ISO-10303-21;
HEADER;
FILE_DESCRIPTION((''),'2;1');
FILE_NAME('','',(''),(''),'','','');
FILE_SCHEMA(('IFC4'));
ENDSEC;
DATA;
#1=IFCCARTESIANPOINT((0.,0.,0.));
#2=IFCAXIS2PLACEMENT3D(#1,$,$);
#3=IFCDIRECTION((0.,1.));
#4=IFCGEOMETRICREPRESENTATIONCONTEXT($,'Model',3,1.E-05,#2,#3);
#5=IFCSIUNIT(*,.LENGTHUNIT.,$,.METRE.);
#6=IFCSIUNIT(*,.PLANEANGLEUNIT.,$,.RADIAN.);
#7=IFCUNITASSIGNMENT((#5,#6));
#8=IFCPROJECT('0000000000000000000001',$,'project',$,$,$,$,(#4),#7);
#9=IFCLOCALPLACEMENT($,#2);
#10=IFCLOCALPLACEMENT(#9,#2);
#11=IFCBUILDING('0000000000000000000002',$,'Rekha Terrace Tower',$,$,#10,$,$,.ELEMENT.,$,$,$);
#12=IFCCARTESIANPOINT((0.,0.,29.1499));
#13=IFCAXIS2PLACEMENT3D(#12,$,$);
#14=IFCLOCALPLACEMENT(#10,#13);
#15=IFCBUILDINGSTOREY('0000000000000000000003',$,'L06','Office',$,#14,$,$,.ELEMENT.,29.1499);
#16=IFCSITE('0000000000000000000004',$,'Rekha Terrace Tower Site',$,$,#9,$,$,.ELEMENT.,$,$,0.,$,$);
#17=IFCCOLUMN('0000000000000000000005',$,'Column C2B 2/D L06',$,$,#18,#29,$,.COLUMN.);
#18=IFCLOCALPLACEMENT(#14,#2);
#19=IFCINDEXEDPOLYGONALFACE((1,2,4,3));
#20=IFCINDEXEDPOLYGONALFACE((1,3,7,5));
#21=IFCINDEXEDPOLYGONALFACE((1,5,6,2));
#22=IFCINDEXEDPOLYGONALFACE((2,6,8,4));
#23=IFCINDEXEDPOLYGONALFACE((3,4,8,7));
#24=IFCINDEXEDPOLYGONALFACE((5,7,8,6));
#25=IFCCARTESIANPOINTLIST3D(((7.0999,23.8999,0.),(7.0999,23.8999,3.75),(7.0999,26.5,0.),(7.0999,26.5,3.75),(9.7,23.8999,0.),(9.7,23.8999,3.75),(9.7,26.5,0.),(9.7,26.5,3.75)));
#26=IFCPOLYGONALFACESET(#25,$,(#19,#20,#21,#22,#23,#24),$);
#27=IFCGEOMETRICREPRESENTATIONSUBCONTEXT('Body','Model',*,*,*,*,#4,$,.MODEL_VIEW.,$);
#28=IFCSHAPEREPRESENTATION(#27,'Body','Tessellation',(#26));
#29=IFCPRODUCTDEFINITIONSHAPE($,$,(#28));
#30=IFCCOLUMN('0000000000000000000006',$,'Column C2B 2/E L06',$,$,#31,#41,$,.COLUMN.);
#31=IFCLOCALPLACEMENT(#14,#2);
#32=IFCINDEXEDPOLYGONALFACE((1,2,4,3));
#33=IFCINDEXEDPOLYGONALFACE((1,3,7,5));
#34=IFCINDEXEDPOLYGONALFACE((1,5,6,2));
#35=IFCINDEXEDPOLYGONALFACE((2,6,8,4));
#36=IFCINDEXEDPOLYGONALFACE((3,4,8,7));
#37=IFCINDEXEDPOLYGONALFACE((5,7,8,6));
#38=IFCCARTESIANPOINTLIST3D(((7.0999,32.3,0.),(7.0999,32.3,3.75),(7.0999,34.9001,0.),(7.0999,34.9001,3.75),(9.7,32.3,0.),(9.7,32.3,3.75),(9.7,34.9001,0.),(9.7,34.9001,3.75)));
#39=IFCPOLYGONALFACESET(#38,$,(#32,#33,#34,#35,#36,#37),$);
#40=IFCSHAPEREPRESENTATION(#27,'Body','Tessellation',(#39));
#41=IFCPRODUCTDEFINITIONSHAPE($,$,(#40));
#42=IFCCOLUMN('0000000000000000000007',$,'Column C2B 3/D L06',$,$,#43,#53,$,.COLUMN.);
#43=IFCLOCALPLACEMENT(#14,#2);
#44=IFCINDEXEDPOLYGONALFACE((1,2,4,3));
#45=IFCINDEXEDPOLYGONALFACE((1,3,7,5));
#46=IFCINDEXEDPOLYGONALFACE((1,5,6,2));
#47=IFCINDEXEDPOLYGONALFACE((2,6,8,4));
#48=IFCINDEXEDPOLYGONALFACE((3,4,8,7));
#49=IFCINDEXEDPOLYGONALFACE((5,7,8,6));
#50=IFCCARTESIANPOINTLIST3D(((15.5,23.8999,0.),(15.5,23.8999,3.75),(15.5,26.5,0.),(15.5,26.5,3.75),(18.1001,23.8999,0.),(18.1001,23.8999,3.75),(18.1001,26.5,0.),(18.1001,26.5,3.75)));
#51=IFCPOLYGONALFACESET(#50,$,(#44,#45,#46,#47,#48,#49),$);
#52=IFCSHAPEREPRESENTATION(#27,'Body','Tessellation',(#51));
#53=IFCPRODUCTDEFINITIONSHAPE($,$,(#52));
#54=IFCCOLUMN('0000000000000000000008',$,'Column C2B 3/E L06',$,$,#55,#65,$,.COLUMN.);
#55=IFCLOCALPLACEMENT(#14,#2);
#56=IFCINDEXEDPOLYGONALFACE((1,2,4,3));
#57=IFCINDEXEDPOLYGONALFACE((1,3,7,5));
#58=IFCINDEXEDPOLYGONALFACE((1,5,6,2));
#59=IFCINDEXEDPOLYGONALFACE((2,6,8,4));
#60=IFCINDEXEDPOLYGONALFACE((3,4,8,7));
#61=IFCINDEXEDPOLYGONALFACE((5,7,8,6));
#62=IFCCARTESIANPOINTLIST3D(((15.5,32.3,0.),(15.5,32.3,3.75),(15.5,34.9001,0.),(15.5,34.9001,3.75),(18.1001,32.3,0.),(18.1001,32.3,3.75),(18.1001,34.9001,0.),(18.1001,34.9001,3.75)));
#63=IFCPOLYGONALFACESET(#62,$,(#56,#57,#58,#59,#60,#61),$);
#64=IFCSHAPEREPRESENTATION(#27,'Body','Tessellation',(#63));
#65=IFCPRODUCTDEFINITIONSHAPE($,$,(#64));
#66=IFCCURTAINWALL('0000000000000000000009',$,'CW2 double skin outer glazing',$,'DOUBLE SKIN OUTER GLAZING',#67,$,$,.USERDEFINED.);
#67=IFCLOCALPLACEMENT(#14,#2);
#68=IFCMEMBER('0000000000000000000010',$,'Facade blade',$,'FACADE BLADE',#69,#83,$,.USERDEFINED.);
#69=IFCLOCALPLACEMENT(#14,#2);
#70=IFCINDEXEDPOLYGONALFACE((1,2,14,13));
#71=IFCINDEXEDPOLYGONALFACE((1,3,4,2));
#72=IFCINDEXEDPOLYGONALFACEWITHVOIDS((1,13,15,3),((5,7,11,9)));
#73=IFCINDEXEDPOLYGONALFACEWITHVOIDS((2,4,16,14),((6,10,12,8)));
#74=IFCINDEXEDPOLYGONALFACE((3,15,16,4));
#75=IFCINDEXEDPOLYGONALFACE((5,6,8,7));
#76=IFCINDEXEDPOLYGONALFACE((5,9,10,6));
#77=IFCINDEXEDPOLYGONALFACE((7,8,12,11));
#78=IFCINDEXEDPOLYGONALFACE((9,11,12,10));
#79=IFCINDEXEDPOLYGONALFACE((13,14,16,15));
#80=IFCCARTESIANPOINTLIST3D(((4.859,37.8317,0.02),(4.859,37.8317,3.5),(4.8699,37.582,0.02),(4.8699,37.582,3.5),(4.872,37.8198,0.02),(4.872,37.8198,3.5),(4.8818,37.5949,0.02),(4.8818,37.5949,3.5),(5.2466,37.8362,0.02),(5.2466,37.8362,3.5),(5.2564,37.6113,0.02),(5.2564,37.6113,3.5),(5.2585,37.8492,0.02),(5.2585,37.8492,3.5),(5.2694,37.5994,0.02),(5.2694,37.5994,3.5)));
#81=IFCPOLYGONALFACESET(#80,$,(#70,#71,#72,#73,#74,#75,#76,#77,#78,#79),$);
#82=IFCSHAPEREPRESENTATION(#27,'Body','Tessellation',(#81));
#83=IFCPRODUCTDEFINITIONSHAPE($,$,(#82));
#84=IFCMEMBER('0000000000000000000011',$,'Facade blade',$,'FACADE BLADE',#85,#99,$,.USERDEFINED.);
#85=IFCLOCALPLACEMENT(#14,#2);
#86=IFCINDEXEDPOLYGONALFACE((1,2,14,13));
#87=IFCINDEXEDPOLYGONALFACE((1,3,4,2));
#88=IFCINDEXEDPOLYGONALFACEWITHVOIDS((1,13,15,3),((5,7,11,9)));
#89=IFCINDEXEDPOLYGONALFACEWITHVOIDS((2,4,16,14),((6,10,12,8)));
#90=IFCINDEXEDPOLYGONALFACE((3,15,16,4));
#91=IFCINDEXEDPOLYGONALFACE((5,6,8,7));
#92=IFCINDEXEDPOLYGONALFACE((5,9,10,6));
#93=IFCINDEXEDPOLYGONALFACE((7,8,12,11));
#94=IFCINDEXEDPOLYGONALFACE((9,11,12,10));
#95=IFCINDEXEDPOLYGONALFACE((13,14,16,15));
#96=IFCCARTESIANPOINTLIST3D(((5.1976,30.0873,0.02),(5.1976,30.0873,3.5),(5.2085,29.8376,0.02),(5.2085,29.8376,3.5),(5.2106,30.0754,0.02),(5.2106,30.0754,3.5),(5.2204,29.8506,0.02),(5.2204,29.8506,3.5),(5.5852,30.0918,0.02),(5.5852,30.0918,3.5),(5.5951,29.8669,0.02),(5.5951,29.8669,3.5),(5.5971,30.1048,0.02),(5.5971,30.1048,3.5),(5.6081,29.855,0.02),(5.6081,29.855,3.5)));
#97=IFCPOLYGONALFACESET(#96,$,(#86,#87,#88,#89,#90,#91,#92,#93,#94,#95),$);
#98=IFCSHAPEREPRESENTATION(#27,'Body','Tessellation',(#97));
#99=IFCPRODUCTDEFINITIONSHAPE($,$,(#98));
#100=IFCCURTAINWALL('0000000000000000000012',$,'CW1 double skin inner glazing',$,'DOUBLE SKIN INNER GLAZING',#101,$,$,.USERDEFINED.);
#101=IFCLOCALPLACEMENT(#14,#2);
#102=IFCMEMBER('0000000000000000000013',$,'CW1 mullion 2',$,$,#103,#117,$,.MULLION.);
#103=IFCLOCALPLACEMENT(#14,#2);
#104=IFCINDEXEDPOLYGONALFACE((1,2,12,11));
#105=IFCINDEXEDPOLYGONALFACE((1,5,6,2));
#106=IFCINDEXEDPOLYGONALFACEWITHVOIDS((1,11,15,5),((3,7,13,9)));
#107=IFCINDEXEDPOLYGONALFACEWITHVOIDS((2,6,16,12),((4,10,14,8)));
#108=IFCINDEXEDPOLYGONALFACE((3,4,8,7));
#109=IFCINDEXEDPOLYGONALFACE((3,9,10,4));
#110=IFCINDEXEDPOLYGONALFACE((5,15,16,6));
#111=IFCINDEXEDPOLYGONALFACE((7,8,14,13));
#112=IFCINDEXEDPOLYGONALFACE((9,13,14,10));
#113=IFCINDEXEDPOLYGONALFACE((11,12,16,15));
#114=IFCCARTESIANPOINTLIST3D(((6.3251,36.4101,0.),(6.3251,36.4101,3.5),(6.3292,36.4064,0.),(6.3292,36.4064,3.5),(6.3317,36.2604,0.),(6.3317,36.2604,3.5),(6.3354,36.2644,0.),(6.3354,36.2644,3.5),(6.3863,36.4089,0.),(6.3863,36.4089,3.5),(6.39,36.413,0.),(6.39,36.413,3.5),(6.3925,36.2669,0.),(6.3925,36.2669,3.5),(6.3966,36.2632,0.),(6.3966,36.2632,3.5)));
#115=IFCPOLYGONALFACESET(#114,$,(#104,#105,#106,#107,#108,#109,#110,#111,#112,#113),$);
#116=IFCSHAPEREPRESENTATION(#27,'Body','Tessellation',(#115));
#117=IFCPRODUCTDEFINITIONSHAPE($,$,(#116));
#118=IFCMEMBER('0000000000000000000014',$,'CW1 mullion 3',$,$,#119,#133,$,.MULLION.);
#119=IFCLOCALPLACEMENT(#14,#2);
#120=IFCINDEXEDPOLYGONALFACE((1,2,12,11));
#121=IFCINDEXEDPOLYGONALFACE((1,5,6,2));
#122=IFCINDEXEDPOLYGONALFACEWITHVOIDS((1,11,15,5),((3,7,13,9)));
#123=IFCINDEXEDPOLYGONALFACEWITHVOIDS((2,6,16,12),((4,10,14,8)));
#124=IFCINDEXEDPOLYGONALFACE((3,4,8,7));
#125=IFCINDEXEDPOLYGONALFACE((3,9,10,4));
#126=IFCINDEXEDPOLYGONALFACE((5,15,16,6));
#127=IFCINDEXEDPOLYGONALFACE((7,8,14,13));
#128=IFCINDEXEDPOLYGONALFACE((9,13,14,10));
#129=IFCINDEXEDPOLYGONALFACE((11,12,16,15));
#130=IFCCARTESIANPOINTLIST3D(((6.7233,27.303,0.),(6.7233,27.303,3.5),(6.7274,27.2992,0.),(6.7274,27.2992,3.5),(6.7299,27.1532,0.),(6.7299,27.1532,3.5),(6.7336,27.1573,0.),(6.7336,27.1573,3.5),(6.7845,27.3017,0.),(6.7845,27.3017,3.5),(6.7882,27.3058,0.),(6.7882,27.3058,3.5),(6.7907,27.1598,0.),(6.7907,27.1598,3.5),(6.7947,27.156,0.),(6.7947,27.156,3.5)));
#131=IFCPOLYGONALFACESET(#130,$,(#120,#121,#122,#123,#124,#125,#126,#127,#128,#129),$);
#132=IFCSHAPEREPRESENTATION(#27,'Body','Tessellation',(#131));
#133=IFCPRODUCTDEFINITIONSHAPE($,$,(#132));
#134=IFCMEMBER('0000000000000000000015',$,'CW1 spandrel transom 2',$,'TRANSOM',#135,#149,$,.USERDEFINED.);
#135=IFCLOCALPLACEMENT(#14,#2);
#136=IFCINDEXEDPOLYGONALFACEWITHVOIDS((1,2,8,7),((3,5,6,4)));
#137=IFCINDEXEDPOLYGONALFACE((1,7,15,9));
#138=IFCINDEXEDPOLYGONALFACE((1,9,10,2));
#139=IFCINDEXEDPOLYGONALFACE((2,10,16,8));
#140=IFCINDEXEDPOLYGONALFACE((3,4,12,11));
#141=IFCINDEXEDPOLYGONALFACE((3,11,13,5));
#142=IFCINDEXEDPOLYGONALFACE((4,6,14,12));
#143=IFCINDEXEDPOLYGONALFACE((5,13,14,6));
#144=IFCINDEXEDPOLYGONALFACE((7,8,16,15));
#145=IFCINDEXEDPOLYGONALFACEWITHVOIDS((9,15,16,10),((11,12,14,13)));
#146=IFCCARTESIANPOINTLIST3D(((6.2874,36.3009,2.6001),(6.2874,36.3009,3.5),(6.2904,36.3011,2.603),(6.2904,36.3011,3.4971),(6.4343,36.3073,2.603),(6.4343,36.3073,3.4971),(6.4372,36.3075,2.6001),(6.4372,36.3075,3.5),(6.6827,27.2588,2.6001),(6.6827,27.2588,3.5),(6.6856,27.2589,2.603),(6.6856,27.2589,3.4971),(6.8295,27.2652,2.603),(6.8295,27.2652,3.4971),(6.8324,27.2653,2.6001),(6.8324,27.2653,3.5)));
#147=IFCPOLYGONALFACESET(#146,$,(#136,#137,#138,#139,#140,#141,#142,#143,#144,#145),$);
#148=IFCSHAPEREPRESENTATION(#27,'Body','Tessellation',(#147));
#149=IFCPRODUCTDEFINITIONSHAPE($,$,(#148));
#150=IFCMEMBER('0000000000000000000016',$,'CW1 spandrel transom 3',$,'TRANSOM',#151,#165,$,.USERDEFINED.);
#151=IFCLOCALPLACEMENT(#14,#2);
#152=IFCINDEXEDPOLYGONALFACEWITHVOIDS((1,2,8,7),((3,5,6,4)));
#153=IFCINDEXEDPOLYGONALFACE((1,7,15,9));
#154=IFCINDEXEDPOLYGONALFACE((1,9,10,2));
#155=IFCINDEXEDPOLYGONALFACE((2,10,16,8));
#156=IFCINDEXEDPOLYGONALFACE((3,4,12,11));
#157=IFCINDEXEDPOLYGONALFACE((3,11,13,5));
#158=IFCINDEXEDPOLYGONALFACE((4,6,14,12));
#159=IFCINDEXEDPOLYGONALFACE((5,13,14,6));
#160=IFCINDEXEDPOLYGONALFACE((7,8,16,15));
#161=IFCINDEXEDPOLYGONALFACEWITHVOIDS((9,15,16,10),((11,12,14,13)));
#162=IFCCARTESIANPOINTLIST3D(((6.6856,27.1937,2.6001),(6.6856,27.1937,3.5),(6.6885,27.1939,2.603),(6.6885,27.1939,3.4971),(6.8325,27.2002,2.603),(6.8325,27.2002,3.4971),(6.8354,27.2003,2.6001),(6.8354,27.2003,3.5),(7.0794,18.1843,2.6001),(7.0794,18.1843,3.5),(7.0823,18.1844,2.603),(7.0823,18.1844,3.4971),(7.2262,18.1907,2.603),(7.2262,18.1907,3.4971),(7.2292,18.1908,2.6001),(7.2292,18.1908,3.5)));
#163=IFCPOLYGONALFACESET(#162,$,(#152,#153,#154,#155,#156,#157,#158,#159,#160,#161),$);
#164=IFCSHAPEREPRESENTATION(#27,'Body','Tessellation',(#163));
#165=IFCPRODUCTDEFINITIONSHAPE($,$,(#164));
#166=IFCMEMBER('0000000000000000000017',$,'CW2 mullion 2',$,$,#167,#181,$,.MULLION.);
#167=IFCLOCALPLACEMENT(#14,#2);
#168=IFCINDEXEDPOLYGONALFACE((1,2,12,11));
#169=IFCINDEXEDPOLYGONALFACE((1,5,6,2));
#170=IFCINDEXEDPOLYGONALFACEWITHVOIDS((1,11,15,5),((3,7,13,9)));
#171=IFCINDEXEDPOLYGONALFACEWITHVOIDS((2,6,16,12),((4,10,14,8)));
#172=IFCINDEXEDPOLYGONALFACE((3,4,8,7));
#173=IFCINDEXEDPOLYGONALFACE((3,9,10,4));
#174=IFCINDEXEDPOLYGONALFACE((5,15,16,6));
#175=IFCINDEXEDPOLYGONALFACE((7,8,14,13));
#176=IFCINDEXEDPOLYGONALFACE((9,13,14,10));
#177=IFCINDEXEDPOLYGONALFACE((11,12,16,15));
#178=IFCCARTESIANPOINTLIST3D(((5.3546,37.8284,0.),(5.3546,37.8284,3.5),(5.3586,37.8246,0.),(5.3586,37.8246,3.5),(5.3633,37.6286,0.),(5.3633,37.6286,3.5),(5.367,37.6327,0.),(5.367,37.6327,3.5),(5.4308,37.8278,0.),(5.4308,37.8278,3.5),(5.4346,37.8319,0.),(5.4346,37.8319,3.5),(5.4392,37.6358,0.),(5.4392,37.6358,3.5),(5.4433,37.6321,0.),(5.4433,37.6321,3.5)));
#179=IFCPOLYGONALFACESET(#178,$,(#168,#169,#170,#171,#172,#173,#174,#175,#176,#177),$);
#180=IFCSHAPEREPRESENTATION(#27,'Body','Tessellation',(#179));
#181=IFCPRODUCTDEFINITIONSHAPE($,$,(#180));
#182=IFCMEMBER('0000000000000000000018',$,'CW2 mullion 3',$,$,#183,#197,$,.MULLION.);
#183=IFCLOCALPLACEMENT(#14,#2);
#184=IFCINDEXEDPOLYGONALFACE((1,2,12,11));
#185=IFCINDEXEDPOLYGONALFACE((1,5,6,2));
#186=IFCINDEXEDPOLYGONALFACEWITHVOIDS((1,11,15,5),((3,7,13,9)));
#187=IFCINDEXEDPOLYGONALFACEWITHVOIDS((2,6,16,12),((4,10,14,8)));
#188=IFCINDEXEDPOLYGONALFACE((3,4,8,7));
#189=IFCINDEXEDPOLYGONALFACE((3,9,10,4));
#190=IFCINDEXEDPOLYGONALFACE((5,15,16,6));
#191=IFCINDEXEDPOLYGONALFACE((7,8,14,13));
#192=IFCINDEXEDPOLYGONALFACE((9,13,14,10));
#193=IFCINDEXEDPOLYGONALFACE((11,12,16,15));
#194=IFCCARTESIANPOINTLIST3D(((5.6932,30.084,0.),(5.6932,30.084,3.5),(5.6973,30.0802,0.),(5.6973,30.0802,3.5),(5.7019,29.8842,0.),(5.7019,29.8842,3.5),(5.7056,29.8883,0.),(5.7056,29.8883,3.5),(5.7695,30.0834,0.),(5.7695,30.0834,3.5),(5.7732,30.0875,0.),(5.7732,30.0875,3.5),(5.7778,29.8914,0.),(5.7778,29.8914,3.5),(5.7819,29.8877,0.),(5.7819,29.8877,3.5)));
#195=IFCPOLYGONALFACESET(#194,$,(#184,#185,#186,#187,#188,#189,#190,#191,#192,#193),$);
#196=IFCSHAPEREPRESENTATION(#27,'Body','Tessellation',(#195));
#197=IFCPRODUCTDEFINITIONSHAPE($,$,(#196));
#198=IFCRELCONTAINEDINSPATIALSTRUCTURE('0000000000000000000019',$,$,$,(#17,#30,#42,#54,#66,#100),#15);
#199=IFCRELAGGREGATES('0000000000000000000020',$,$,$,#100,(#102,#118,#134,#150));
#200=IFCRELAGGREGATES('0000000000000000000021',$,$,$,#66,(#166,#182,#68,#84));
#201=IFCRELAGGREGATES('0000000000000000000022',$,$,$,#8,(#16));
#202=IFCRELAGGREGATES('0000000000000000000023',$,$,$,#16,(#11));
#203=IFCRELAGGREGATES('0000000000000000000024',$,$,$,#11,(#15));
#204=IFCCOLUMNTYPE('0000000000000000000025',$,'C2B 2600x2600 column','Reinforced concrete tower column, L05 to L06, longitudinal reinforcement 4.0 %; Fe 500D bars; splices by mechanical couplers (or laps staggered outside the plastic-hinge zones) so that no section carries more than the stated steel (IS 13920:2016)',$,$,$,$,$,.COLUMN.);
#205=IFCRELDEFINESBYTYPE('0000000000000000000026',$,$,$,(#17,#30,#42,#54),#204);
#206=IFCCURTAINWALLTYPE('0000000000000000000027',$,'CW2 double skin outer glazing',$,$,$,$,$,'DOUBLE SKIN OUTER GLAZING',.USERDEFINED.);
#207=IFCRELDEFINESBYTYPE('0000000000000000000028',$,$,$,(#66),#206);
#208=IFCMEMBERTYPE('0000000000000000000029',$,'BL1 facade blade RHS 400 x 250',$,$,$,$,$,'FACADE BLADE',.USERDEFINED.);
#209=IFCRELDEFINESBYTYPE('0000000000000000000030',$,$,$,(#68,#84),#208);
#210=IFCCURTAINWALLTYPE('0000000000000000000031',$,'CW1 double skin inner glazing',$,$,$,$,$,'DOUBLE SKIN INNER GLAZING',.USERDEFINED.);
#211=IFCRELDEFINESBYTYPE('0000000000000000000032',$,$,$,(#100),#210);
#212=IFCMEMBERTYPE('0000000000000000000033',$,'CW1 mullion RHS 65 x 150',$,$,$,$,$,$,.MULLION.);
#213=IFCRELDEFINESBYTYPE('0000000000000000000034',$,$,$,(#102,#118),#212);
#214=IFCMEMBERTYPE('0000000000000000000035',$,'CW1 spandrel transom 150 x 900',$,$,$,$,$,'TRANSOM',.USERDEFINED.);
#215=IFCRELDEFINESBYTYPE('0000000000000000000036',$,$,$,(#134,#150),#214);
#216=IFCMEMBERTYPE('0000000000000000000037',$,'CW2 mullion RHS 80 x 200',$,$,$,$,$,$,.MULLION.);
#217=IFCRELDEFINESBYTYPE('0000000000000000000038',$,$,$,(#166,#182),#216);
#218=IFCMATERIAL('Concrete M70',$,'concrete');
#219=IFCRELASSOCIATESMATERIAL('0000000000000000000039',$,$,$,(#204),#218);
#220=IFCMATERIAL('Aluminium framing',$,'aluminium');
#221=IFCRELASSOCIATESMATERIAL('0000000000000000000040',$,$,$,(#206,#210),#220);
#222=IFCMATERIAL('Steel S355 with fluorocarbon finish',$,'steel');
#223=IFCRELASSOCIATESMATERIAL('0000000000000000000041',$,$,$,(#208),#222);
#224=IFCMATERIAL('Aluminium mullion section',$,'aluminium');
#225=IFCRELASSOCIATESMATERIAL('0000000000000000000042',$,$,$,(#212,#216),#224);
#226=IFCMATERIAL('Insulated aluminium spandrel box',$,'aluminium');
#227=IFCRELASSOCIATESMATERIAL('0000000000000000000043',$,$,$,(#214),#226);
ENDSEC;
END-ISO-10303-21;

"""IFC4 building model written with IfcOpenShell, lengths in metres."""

from ifc_helpers import new_model, si_unit, direction, frame, origin, origin_2d, place, context, subcontext, project, spatial, rectangle, hollow_rectangle, extrude, material, material_profile, profile_set, type_object, element, aggregate, save


model = new_model("IFC4")

# Units and contexts
model_context = context("Model", 3, precision=1e-05, world=origin(), true_north=direction((0.0, 1.0)))
body_context = subcontext(model_context, "Body", "Model", "MODEL_VIEW")
ifc_project = project(units=[si_unit("LENGTHUNIT", "METRE"), si_unit("PLANEANGLEUNIT", "RADIAN")], contexts=[model_context])

# Site, building, storey
site_placement = place(None, origin())
site = spatial("IfcSite", under=ifc_project, at=site_placement, Name="Rekha Terrace Tower Site", CompositionType="ELEMENT", RefElevation=0.0)
building_placement = place(site_placement, origin())
building = spatial("IfcBuilding", under=site, at=building_placement, Name="Rekha Terrace Tower", CompositionType="ELEMENT")
storey_placement = place(building_placement, frame((0.0, 0.0, 29.1499)))
storey = spatial("IfcBuildingStorey", under=building, at=storey_placement, Name="L06", Description="Office", CompositionType="ELEMENT", Elevation=29.1499)

# Columns
ifc_material_1 = material(Name="Concrete M70", Category="concrete")
ifc_material_profile_1 = material_profile(ifc_material_1, rectangle(XDim=2.6001, YDim=2.6001, at=origin_2d()), Name="RC 2600x2600")
ifc_profile_set_1 = profile_set([ifc_material_profile_1], Name="Concrete M70")
column_type = type_object("IfcColumnType", Name="C2B 2600x2600 column", Description="Reinforced concrete tower column, L05 to L06, longitudinal reinforcement 4.0 %; Fe 500D bars; splices by mechanical couplers (or laps staggered outside the plastic-hinge zones) so that no section carries more than the stated steel (IS 13920:2016)", PredefinedType="COLUMN", material=ifc_profile_set_1)
for number, where, z_axis, x_axis, name in (
    (1, (8.3999, 25.2, 0.0), (0.0, 0.0, 1.0), (1.0, 0.0, 0.0), "Column C2B 2/D L06"),
    (2, (8.3999, 33.6001, 0.0), (0.0, 0.0, 1.0), (1.0, 0.0, 0.0), "Column C2B 2/E L06"),
    (3, (16.8, 25.2, 0.0), (0.0, 0.0, 1.0), (1.0, 0.0, 0.0), "Column C2B 3/D L06"),
    (4, (16.8, 33.6001, 0.0), (0.0, 0.0, 1.0), (1.0, 0.0, 0.0), "Column C2B 3/E L06"),
):
    element("IfcColumn", number, at=place(storey_placement, frame(where, z_axis=z_axis, x_axis=x_axis)), inside=storey, type_object=column_type, Name=name, PredefinedType="COLUMN", context=body_context, shape_type="SweptSolid", body=[
        extrude(rectangle(XDim=2.6001, YDim=2.6001, at=origin_2d()), origin(), (0.0, 0.0, 1.0), 3.75),
    ])

# Curtain walls, members
ifc_material_2 = material(Name="Aluminium framing", Category="aluminium")
curtain_wall_type_1 = type_object("IfcCurtainWallType", Name="CW2 double skin outer glazing", ElementType="DOUBLE SKIN OUTER GLAZING", PredefinedType="USERDEFINED", material=ifc_material_2)
curtain_wall_1_placement = place(storey_placement, origin())
curtain_wall_1 = element("IfcCurtainWall", 5, at=curtain_wall_1_placement, inside=storey, type_object=curtain_wall_type_1, Name="CW2 double skin outer glazing", ObjectType="DOUBLE SKIN OUTER GLAZING", PredefinedType="USERDEFINED")
ifc_material_3 = material(Name="Steel S355 with fluorocarbon finish", Category="steel")
ifc_material_profile_2 = material_profile(ifc_material_3, hollow_rectangle(XDim=0.25, YDim=0.3999, WallThickness=0.0125, at=origin_2d()), Name="RHS400x250x12.5")
ifc_profile_set_2 = profile_set([ifc_material_profile_2], Name="Steel S355 with fluorocarbon finish")
member_type_1 = type_object("IfcMemberType", Name="BL1 facade blade RHS 400 x 250", ElementType="FACADE BLADE", PredefinedType="USERDEFINED", material=ifc_profile_set_2)
member_1_placement = place(storey_placement, frame((5.0642, 37.7156, 0.02), z_axis=(0.0, 0.0, 1.0), x_axis=(0.043682, -0.999045, 0.0)))
member_1 = element("IfcMember", 6, at=member_1_placement, type_object=member_type_1, Name="Facade blade", ObjectType="FACADE BLADE", PredefinedType="USERDEFINED", context=body_context, shape_type="SweptSolid", body=[
    extrude(hollow_rectangle(XDim=0.25, YDim=0.3999, WallThickness=0.0125, at=origin_2d()), origin(), (0.0, 0.0, 1.0), 3.48),
])
member_2_placement = place(storey_placement, frame((5.4028, 29.9712, 0.02), z_axis=(0.0, 0.0, 1.0), x_axis=(0.043682, -0.999045, 0.0)))
member_2 = element("IfcMember", 7, at=member_2_placement, type_object=member_type_1, Name="Facade blade", ObjectType="FACADE BLADE", PredefinedType="USERDEFINED", context=body_context, shape_type="SweptSolid", body=[
    extrude(hollow_rectangle(XDim=0.25, YDim=0.3999, WallThickness=0.0125, at=origin_2d()), origin(), (0.0, 0.0, 1.0), 3.48),
])
curtain_wall_type_2 = type_object("IfcCurtainWallType", Name="CW1 double skin inner glazing", ElementType="DOUBLE SKIN INNER GLAZING", PredefinedType="USERDEFINED", material=ifc_material_2)
curtain_wall_2_placement = place(storey_placement, origin())
curtain_wall_2 = element("IfcCurtainWall", 8, at=curtain_wall_2_placement, inside=storey, type_object=curtain_wall_type_2, Name="CW1 double skin inner glazing", ObjectType="DOUBLE SKIN INNER GLAZING", PredefinedType="USERDEFINED")
ifc_material_4 = material(Name="Aluminium mullion section", Category="aluminium")
ifc_material_profile_3 = material_profile(ifc_material_4, hollow_rectangle(XDim=0.0649, YDim=0.1499, WallThickness=0.0039, at=origin_2d()), Name="AL RHS 65x150")
ifc_profile_set_3 = profile_set([ifc_material_profile_3], Name="Aluminium mullion section")
member_type_2 = type_object("IfcMemberType", Name="CW1 mullion RHS 65 x 150", PredefinedType="MULLION", material=ifc_profile_set_3)
member_3_placement = place(storey_placement, frame((6.3608, 36.3367, 0.0), z_axis=(0.0, 0.0, 1.0), x_axis=(0.999045, 0.043683, 0.0)))
member_3 = element("IfcMember", 9, at=member_3_placement, type_object=member_type_2, Name="CW1 mullion 2", PredefinedType="MULLION", context=body_context, shape_type="SweptSolid", body=[
    extrude(hollow_rectangle(XDim=0.0649, YDim=0.1499, WallThickness=0.0039, at=origin_2d()), origin(), (0.0, 0.0, 1.0), 3.5),
])
member_4_placement = place(storey_placement, frame((6.759, 27.2295, 0.0), z_axis=(0.0, 0.0, 1.0), x_axis=(0.999045, 0.043683, 0.0)))
member_4 = element("IfcMember", 10, at=member_4_placement, type_object=member_type_2, Name="CW1 mullion 3", PredefinedType="MULLION", context=body_context, shape_type="SweptSolid", body=[
    extrude(hollow_rectangle(XDim=0.0649, YDim=0.1499, WallThickness=0.0039, at=origin_2d()), origin(), (0.0, 0.0, 1.0), 3.5),
])
ifc_material_5 = material(Name="Insulated aluminium spandrel box", Category="aluminium")
ifc_material_profile_4 = material_profile(ifc_material_5, hollow_rectangle(XDim=0.1499, YDim=0.8999, WallThickness=0.0029, at=origin_2d()), Name="AL SPANDREL BOX 150x900")
ifc_profile_set_4 = profile_set([ifc_material_profile_4], Name="Insulated aluminium spandrel box")
member_type_3 = type_object("IfcMemberType", Name="CW1 spandrel transom 150 x 900", ElementType="TRANSOM", PredefinedType="USERDEFINED", material=ifc_profile_set_4)
member_5_placement = place(storey_placement, frame((6.3623, 36.3042, 3.05), z_axis=(0.043671, -0.999046, 0.0), x_axis=(0.999046, 0.043671, 0.0)))
member_5 = element("IfcMember", 11, at=member_5_placement, type_object=member_type_3, Name="CW1 spandrel transom 2", ObjectType="TRANSOM", PredefinedType="USERDEFINED", context=body_context, shape_type="SweptSolid", body=[
    extrude(hollow_rectangle(XDim=0.1499, YDim=0.8999, WallThickness=0.0029, at=origin_2d()), origin(), (0.0, 0.0, 1.0), 9.0508),
])
member_6_placement = place(storey_placement, frame((6.7605, 27.197, 3.05), z_axis=(0.043667, -0.999046, 0.0), x_axis=(0.999046, 0.043667, 0.0)))
member_6 = element("IfcMember", 12, at=member_6_placement, type_object=member_type_3, Name="CW1 spandrel transom 3", ObjectType="TRANSOM", PredefinedType="USERDEFINED", context=body_context, shape_type="SweptSolid", body=[
    extrude(hollow_rectangle(XDim=0.1499, YDim=0.8999, WallThickness=0.0029, at=origin_2d()), origin(), (0.0, 0.0, 1.0), 9.0181),
])

# Members
ifc_material_profile_5 = material_profile(ifc_material_4, hollow_rectangle(XDim=0.0801, YDim=0.2, WallThickness=0.0039, at=origin_2d()), Name="AL RHS 80x200")
ifc_profile_set_5 = profile_set([ifc_material_profile_5], Name="Aluminium mullion section")
member_type_4 = type_object("IfcMemberType", Name="CW2 mullion RHS 80 x 200", PredefinedType="MULLION", material=ifc_profile_set_5)
member_7_placement = place(storey_placement, frame((5.3989, 37.7302, 0.0), z_axis=(0.0, 0.0, 1.0), x_axis=(0.999045, 0.043683, 0.0)))
member_7 = element("IfcMember", 13, at=member_7_placement, type_object=member_type_4, Name="CW2 mullion 2", PredefinedType="MULLION", context=body_context, shape_type="SweptSolid", body=[
    extrude(hollow_rectangle(XDim=0.0801, YDim=0.2, WallThickness=0.0039, at=origin_2d()), origin(), (0.0, 0.0, 1.0), 3.5),
])
member_8_placement = place(storey_placement, frame((5.7375, 29.9858, 0.0), z_axis=(0.0, 0.0, 1.0), x_axis=(0.999045, 0.043683, 0.0)))
member_8 = element("IfcMember", 14, at=member_8_placement, type_object=member_type_4, Name="CW2 mullion 3", PredefinedType="MULLION", context=body_context, shape_type="SweptSolid", body=[
    extrude(hollow_rectangle(XDim=0.0801, YDim=0.2, WallThickness=0.0039, at=origin_2d()), origin(), (0.0, 0.0, 1.0), 3.5),
])

aggregate(curtain_wall_2, [member_3, member_4, member_5, member_6])
aggregate(curtain_wall_1, [member_7, member_8, member_1, member_2])

save(model, "model.ifc")
